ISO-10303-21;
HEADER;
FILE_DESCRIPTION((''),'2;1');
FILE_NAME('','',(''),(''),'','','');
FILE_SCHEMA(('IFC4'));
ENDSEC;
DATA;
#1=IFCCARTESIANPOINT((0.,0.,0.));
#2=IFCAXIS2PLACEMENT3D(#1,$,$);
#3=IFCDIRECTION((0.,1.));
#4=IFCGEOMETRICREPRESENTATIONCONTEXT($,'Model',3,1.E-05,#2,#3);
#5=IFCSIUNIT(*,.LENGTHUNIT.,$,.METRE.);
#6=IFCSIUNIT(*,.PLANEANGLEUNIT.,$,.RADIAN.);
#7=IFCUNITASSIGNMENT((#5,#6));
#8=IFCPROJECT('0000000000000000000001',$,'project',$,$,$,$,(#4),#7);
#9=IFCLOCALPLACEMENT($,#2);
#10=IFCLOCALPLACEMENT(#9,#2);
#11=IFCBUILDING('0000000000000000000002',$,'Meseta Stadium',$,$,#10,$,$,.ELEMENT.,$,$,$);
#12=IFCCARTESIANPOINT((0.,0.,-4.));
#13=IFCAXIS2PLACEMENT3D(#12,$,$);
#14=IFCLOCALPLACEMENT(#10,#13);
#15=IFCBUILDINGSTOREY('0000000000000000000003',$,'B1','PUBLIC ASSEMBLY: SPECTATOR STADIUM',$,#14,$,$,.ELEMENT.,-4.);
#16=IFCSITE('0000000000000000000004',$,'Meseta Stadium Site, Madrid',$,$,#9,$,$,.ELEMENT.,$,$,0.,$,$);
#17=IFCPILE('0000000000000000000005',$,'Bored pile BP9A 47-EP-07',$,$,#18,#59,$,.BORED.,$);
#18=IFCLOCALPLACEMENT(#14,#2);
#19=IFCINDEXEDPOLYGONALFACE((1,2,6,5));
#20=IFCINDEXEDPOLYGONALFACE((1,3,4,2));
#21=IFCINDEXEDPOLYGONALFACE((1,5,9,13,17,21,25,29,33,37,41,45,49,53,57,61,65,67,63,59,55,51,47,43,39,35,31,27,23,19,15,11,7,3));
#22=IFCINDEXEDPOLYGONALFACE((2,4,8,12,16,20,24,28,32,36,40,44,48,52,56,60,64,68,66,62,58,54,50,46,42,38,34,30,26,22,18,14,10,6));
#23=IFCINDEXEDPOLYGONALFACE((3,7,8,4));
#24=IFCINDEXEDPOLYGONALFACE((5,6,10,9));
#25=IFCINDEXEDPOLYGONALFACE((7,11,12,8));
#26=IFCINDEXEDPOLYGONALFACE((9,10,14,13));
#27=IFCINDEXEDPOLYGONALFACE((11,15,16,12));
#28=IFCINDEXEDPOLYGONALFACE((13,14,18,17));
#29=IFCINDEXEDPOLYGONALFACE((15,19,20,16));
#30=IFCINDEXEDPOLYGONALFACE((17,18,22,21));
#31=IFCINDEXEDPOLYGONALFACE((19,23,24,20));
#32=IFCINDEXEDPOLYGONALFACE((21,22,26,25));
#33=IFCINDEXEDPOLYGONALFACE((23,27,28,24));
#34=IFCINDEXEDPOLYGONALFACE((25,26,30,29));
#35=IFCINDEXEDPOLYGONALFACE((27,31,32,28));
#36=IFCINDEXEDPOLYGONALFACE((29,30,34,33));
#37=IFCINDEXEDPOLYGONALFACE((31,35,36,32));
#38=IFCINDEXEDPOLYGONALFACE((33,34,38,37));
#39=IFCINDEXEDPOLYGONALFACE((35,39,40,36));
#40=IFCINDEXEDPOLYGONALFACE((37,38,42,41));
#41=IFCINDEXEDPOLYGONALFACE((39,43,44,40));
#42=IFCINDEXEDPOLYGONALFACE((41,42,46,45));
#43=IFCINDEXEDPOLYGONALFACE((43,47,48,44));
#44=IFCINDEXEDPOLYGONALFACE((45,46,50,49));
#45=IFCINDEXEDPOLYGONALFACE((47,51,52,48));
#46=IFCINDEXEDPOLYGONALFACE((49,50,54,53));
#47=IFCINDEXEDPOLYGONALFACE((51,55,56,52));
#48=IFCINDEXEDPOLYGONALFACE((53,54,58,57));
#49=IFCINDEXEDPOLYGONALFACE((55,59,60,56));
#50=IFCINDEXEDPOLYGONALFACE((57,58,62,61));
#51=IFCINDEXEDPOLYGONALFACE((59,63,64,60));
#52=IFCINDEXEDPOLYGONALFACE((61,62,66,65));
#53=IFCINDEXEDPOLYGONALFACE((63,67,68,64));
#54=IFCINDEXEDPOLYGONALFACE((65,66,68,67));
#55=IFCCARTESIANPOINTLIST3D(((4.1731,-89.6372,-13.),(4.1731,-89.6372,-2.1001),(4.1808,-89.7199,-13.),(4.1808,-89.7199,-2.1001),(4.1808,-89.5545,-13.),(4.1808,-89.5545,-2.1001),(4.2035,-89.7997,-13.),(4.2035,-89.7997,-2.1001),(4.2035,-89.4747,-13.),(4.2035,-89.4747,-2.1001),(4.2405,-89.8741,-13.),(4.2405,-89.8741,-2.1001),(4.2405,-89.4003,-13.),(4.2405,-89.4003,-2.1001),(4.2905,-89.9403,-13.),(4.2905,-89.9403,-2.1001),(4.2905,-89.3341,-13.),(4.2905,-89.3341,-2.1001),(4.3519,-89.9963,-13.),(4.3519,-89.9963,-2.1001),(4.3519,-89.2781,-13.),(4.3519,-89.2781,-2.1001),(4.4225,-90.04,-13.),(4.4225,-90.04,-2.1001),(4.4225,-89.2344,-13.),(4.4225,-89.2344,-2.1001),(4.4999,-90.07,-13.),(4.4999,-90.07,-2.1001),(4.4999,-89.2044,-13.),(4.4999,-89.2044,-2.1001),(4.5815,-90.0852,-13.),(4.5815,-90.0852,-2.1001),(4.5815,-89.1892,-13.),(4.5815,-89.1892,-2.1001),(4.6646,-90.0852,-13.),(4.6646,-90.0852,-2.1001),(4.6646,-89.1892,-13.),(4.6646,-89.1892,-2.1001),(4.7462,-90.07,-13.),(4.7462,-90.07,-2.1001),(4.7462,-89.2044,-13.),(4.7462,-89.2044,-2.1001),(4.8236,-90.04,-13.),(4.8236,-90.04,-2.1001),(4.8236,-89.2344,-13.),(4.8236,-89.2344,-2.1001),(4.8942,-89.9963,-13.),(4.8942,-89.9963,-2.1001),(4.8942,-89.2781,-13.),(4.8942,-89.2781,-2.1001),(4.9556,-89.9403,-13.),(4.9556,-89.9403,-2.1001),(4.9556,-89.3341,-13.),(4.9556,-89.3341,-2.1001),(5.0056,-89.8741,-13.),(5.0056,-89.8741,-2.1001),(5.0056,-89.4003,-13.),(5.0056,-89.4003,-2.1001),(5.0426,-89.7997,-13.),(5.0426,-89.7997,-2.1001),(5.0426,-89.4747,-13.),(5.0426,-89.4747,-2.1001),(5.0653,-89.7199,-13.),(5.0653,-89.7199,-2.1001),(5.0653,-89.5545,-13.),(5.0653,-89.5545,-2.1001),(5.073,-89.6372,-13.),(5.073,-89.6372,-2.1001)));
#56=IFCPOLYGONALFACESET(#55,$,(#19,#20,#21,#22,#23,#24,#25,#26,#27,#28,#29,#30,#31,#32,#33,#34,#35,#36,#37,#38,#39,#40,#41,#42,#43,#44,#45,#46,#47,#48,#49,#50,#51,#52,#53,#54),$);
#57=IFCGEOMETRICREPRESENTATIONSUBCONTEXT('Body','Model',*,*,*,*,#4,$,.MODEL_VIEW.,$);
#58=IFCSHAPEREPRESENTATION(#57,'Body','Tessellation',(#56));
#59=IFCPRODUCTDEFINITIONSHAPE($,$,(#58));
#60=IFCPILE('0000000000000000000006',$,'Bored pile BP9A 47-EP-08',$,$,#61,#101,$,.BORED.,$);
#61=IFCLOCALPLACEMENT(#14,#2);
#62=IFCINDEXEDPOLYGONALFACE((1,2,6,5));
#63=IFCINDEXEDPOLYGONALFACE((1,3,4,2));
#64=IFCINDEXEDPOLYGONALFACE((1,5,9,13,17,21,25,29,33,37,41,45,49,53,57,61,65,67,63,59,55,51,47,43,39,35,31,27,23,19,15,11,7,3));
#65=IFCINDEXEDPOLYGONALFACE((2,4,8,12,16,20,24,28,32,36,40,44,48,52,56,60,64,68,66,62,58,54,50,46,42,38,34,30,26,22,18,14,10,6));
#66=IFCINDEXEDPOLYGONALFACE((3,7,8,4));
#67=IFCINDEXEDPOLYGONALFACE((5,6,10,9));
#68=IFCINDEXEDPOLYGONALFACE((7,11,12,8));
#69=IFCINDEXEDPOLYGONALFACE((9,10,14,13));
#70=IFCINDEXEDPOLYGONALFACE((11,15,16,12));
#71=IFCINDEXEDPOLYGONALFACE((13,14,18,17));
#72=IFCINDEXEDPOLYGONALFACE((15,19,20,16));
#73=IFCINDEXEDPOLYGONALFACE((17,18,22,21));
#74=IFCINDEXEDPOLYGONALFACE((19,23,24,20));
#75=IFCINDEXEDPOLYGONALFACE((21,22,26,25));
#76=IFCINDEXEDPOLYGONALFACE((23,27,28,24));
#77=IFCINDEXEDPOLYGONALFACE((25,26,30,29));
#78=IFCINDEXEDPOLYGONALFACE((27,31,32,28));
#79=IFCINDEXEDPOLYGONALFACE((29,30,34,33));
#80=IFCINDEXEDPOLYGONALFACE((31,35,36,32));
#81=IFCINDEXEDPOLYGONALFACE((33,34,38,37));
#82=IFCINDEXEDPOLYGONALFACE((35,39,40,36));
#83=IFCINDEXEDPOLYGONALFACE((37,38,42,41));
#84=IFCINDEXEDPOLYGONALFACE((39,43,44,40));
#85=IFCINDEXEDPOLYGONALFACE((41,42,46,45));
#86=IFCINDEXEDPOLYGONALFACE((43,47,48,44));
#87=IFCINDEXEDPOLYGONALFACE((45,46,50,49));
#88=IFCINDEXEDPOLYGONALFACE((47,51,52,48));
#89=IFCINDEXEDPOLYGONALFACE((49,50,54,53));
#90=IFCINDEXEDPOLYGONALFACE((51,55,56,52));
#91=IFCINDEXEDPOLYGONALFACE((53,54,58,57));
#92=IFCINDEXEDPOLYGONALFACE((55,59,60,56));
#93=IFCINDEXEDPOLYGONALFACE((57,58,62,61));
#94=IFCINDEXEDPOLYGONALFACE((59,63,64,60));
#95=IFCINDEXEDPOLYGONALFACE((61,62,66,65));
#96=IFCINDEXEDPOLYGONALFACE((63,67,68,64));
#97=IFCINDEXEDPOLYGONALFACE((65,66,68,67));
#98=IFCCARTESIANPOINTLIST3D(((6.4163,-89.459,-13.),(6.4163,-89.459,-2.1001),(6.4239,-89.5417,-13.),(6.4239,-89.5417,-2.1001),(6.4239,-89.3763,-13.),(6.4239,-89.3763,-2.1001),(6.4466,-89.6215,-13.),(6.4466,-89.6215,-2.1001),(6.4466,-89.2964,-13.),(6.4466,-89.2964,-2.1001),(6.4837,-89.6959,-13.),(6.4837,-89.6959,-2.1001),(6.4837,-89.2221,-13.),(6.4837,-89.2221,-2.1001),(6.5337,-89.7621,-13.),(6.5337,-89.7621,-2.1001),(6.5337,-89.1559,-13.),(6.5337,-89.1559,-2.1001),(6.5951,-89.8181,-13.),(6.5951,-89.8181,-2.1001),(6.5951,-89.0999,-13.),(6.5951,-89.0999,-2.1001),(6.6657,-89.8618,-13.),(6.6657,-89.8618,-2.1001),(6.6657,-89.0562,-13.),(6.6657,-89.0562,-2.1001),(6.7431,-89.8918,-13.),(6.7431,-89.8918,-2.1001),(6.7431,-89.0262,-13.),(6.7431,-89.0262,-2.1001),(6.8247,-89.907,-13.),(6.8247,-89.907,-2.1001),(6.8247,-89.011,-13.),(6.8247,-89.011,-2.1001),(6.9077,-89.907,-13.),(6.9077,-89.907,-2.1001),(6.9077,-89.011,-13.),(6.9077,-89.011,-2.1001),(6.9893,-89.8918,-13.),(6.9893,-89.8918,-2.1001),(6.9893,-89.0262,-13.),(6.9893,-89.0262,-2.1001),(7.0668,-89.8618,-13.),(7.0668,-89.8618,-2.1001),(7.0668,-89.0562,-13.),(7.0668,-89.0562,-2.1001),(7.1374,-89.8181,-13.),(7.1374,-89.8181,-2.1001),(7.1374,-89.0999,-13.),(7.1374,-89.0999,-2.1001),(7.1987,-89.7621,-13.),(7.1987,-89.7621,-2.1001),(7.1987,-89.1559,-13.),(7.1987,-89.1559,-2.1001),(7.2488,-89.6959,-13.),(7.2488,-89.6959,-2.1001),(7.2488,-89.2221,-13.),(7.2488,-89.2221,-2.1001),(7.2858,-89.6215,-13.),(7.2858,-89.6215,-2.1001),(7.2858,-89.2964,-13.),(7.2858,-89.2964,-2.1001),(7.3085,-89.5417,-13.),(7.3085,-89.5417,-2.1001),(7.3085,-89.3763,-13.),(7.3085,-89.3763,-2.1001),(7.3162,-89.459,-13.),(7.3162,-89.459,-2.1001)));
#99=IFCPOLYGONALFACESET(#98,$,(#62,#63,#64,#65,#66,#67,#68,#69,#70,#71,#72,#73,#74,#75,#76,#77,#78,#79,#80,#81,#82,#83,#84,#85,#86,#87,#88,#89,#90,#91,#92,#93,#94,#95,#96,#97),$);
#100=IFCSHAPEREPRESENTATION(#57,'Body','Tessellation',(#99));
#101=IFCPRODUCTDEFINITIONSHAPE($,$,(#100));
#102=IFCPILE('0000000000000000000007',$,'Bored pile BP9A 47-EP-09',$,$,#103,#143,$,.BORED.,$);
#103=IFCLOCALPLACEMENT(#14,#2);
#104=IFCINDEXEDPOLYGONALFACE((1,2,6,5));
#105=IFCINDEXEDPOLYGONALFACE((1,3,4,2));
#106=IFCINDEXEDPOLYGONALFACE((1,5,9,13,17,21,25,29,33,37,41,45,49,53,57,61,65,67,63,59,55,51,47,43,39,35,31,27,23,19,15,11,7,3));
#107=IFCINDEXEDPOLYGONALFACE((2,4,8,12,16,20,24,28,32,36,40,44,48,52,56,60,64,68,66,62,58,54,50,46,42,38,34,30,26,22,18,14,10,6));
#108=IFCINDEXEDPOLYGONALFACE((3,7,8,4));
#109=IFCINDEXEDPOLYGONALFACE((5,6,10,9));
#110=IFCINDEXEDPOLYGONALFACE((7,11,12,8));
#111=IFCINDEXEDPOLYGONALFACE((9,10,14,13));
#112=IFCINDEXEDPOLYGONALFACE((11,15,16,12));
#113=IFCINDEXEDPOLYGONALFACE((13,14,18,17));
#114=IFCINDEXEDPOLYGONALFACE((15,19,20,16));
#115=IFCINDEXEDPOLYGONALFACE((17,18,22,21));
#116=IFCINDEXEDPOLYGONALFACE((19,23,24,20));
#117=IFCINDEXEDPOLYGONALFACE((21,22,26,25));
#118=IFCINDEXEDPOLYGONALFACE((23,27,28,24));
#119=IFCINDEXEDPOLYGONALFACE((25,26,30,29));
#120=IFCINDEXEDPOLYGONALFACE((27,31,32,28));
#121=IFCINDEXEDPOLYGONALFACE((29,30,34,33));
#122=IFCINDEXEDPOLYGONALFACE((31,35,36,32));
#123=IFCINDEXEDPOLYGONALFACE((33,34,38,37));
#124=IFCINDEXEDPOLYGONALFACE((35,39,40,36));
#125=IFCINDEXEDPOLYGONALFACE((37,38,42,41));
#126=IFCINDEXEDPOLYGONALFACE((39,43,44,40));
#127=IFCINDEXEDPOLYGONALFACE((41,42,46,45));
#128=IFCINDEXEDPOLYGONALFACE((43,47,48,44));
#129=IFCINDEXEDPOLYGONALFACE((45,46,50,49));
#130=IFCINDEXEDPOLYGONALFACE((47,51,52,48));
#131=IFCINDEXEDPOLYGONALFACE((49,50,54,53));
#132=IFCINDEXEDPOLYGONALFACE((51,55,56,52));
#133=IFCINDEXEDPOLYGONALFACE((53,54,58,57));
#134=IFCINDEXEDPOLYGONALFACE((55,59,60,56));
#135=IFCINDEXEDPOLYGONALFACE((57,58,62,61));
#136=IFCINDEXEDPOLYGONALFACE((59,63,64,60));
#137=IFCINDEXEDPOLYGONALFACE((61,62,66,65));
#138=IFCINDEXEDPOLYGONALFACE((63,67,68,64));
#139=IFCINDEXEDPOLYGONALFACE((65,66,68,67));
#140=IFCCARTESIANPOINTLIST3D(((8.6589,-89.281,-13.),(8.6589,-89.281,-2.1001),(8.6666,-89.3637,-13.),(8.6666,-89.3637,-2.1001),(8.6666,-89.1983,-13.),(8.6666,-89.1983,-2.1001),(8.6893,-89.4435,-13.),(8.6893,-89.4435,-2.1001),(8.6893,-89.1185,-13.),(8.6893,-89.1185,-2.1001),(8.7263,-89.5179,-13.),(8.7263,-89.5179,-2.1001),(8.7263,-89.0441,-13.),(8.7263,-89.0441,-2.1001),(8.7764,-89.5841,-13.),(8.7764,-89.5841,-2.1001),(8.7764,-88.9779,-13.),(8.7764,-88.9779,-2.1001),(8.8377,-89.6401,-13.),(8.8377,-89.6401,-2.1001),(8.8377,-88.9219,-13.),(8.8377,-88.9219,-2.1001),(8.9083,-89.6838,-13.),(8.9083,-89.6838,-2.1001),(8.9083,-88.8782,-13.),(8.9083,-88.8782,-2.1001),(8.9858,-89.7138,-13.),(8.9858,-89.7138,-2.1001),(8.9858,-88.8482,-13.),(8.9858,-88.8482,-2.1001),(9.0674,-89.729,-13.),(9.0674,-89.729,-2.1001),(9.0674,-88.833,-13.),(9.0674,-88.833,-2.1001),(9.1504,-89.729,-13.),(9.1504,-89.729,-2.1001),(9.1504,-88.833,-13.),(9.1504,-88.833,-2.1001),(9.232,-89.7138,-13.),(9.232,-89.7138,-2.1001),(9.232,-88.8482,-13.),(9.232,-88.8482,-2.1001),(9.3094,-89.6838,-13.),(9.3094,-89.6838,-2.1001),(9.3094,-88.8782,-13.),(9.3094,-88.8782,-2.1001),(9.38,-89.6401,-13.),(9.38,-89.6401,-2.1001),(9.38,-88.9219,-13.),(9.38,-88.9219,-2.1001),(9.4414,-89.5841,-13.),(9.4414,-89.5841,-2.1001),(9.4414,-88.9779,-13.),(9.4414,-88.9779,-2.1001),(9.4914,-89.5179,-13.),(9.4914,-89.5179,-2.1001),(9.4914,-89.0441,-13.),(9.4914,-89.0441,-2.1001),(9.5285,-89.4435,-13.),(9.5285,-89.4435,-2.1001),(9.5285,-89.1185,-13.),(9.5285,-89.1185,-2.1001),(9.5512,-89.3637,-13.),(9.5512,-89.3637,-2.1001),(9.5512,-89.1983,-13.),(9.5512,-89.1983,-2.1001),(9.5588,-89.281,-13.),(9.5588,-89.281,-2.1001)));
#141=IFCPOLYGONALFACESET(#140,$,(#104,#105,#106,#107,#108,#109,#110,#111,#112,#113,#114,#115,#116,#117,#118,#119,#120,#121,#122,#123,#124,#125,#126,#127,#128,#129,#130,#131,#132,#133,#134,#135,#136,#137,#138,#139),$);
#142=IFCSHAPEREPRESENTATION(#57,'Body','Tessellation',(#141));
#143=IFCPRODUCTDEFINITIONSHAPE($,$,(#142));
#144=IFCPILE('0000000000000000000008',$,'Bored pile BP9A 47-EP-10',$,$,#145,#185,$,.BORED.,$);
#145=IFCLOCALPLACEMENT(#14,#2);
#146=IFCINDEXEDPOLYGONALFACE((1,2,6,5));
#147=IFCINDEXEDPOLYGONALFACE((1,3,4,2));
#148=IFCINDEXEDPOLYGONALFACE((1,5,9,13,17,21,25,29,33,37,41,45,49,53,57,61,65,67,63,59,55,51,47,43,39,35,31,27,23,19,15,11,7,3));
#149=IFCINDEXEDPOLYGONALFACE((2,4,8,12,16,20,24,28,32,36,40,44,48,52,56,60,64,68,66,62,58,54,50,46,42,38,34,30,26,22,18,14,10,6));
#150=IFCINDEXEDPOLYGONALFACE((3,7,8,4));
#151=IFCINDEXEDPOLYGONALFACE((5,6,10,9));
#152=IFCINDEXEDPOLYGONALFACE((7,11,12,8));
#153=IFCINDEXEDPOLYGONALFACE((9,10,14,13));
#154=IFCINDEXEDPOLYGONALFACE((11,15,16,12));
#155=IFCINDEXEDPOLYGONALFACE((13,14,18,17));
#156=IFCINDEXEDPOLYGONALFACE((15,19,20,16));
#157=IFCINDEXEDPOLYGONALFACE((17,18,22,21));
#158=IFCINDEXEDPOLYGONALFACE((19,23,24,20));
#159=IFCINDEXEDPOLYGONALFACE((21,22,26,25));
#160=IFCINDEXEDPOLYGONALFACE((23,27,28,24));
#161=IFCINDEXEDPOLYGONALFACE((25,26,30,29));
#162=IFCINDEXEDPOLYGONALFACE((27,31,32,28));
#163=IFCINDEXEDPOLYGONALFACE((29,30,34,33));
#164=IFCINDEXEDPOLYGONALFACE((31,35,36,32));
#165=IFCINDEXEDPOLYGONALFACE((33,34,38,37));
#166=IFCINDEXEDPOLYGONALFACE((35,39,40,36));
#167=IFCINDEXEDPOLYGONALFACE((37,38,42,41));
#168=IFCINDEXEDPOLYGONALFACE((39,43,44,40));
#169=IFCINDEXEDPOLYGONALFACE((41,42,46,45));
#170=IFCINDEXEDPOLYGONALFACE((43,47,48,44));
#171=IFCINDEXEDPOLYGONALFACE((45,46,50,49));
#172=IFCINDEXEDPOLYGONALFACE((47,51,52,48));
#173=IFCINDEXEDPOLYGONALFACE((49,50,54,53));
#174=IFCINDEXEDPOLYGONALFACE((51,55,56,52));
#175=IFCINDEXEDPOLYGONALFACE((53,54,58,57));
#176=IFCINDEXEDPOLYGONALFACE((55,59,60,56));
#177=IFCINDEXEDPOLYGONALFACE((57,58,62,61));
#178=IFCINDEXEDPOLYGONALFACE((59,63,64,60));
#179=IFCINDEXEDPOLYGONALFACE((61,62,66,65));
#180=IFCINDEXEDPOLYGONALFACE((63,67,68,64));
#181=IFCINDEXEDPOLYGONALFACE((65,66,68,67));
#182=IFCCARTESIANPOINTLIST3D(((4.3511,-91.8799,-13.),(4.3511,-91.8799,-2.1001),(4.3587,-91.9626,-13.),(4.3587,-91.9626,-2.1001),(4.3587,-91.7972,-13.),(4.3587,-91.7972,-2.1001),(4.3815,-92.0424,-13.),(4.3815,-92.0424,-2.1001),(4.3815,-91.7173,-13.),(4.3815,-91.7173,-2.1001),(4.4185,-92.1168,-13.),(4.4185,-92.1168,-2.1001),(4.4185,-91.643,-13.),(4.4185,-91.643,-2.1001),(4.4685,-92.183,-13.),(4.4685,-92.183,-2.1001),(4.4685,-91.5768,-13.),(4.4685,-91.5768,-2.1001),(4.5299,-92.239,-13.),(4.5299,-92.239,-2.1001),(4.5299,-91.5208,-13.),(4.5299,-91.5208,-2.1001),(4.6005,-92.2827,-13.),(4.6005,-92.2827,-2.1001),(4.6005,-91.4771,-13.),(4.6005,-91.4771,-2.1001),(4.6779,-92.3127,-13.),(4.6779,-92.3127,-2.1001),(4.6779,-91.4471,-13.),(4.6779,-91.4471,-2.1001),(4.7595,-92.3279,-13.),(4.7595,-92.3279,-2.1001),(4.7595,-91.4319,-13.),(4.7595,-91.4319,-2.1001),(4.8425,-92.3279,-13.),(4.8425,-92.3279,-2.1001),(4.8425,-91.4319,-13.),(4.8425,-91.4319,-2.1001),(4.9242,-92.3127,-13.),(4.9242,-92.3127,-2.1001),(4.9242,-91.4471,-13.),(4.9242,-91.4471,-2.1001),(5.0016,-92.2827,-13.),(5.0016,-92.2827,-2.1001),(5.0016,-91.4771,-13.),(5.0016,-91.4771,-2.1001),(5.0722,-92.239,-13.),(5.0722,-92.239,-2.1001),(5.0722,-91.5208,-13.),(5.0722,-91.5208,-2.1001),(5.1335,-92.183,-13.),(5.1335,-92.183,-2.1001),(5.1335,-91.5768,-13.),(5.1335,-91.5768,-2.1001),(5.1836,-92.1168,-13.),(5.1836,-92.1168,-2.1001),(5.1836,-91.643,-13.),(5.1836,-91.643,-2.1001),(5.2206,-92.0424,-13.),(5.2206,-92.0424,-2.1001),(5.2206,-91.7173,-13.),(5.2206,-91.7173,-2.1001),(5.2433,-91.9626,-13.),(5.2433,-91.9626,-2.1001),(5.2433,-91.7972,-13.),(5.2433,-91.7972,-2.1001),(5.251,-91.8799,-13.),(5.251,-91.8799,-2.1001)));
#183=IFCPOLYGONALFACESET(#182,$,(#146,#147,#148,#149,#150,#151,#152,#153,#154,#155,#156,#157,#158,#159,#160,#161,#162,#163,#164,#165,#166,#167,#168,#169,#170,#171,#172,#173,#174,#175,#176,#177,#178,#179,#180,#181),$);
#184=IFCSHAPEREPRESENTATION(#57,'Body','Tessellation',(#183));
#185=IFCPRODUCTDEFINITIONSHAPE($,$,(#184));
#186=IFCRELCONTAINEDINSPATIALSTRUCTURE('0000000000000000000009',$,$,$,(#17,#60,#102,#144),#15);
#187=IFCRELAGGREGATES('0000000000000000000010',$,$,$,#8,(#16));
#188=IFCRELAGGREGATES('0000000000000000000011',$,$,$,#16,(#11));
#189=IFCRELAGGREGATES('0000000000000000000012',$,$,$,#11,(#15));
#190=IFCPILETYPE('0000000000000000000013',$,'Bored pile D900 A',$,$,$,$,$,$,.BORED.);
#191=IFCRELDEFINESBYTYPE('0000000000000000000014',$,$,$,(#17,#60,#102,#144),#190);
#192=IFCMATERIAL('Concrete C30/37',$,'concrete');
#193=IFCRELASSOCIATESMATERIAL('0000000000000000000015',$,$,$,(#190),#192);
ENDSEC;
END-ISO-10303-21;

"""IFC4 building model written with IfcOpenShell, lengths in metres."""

from ifc_helpers import new_model, si_unit, direction, frame, origin, origin_2d, place, context, subcontext, project, spatial, circle, extrude, material, material_profile, profile_set, type_object, element, save


model = new_model("IFC4")

# Units and contexts
model_context = context("Model", 3, precision=1e-05, world=origin(), true_north=direction((0.0, 1.0)))
body_context = subcontext(model_context, "Body", "Model", "MODEL_VIEW")
ifc_project = project(units=[si_unit("LENGTHUNIT", "METRE"), si_unit("PLANEANGLEUNIT", "RADIAN")], contexts=[model_context])

# Site, building, storey
site_placement = place(None, origin())
site = spatial("IfcSite", under=ifc_project, at=site_placement, Name="Meseta Stadium Site, Madrid", CompositionType="ELEMENT", RefElevation=0.0)
building_placement = place(site_placement, origin())
building = spatial("IfcBuilding", under=site, at=building_placement, Name="Meseta Stadium", CompositionType="ELEMENT")
storey_placement = place(building_placement, frame((0.0, 0.0, -4.0)))
storey = spatial("IfcBuildingStorey", under=building, at=storey_placement, Name="B1", Description="PUBLIC ASSEMBLY: SPECTATOR STADIUM", CompositionType="ELEMENT", Elevation=-4.0)

# Piles
ifc_material_1 = material(Name="Concrete C30/37", Category="concrete")
ifc_material_profile_1 = material_profile(ifc_material_1, circle(Radius=0.45, at=origin_2d()), Name="D900")
ifc_profile_set_1 = profile_set([ifc_material_profile_1], Name="Concrete C30/37")
pile_type = type_object("IfcPileType", Name="Bored pile D900 A", PredefinedType="BORED", material=ifc_profile_set_1)
for number, where, z_axis, x_axis, name in (
    (1, (4.623, -89.6372, -2.1001), (0.0, 0.0, -1.0), (1.0, 0.0, 0.0), "Bored pile BP9A 47-EP-07"),
    (2, (6.8662, -89.459, -2.1001), (0.0, 0.0, -1.0), (1.0, 0.0, 0.0), "Bored pile BP9A 47-EP-08"),
    (3, (9.1089, -89.281, -2.1001), (0.0, 0.0, -1.0), (1.0, 0.0, 0.0), "Bored pile BP9A 47-EP-09"),
    (4, (4.801, -91.8799, -2.1001), (0.0, 0.0, -1.0), (1.0, 0.0, 0.0), "Bored pile BP9A 47-EP-10"),
):
    element("IfcPile", number, at=place(storey_placement, frame(where, z_axis=z_axis, x_axis=x_axis)), inside=storey, type_object=pile_type, Name=name, PredefinedType="BORED", context=body_context, shape_type="SweptSolid", body=[
        extrude(circle(Radius=0.45, at=origin_2d()), origin(), (0.0, 0.0, 1.0), 10.8999),
    ])

save(model, "model.ifc")
